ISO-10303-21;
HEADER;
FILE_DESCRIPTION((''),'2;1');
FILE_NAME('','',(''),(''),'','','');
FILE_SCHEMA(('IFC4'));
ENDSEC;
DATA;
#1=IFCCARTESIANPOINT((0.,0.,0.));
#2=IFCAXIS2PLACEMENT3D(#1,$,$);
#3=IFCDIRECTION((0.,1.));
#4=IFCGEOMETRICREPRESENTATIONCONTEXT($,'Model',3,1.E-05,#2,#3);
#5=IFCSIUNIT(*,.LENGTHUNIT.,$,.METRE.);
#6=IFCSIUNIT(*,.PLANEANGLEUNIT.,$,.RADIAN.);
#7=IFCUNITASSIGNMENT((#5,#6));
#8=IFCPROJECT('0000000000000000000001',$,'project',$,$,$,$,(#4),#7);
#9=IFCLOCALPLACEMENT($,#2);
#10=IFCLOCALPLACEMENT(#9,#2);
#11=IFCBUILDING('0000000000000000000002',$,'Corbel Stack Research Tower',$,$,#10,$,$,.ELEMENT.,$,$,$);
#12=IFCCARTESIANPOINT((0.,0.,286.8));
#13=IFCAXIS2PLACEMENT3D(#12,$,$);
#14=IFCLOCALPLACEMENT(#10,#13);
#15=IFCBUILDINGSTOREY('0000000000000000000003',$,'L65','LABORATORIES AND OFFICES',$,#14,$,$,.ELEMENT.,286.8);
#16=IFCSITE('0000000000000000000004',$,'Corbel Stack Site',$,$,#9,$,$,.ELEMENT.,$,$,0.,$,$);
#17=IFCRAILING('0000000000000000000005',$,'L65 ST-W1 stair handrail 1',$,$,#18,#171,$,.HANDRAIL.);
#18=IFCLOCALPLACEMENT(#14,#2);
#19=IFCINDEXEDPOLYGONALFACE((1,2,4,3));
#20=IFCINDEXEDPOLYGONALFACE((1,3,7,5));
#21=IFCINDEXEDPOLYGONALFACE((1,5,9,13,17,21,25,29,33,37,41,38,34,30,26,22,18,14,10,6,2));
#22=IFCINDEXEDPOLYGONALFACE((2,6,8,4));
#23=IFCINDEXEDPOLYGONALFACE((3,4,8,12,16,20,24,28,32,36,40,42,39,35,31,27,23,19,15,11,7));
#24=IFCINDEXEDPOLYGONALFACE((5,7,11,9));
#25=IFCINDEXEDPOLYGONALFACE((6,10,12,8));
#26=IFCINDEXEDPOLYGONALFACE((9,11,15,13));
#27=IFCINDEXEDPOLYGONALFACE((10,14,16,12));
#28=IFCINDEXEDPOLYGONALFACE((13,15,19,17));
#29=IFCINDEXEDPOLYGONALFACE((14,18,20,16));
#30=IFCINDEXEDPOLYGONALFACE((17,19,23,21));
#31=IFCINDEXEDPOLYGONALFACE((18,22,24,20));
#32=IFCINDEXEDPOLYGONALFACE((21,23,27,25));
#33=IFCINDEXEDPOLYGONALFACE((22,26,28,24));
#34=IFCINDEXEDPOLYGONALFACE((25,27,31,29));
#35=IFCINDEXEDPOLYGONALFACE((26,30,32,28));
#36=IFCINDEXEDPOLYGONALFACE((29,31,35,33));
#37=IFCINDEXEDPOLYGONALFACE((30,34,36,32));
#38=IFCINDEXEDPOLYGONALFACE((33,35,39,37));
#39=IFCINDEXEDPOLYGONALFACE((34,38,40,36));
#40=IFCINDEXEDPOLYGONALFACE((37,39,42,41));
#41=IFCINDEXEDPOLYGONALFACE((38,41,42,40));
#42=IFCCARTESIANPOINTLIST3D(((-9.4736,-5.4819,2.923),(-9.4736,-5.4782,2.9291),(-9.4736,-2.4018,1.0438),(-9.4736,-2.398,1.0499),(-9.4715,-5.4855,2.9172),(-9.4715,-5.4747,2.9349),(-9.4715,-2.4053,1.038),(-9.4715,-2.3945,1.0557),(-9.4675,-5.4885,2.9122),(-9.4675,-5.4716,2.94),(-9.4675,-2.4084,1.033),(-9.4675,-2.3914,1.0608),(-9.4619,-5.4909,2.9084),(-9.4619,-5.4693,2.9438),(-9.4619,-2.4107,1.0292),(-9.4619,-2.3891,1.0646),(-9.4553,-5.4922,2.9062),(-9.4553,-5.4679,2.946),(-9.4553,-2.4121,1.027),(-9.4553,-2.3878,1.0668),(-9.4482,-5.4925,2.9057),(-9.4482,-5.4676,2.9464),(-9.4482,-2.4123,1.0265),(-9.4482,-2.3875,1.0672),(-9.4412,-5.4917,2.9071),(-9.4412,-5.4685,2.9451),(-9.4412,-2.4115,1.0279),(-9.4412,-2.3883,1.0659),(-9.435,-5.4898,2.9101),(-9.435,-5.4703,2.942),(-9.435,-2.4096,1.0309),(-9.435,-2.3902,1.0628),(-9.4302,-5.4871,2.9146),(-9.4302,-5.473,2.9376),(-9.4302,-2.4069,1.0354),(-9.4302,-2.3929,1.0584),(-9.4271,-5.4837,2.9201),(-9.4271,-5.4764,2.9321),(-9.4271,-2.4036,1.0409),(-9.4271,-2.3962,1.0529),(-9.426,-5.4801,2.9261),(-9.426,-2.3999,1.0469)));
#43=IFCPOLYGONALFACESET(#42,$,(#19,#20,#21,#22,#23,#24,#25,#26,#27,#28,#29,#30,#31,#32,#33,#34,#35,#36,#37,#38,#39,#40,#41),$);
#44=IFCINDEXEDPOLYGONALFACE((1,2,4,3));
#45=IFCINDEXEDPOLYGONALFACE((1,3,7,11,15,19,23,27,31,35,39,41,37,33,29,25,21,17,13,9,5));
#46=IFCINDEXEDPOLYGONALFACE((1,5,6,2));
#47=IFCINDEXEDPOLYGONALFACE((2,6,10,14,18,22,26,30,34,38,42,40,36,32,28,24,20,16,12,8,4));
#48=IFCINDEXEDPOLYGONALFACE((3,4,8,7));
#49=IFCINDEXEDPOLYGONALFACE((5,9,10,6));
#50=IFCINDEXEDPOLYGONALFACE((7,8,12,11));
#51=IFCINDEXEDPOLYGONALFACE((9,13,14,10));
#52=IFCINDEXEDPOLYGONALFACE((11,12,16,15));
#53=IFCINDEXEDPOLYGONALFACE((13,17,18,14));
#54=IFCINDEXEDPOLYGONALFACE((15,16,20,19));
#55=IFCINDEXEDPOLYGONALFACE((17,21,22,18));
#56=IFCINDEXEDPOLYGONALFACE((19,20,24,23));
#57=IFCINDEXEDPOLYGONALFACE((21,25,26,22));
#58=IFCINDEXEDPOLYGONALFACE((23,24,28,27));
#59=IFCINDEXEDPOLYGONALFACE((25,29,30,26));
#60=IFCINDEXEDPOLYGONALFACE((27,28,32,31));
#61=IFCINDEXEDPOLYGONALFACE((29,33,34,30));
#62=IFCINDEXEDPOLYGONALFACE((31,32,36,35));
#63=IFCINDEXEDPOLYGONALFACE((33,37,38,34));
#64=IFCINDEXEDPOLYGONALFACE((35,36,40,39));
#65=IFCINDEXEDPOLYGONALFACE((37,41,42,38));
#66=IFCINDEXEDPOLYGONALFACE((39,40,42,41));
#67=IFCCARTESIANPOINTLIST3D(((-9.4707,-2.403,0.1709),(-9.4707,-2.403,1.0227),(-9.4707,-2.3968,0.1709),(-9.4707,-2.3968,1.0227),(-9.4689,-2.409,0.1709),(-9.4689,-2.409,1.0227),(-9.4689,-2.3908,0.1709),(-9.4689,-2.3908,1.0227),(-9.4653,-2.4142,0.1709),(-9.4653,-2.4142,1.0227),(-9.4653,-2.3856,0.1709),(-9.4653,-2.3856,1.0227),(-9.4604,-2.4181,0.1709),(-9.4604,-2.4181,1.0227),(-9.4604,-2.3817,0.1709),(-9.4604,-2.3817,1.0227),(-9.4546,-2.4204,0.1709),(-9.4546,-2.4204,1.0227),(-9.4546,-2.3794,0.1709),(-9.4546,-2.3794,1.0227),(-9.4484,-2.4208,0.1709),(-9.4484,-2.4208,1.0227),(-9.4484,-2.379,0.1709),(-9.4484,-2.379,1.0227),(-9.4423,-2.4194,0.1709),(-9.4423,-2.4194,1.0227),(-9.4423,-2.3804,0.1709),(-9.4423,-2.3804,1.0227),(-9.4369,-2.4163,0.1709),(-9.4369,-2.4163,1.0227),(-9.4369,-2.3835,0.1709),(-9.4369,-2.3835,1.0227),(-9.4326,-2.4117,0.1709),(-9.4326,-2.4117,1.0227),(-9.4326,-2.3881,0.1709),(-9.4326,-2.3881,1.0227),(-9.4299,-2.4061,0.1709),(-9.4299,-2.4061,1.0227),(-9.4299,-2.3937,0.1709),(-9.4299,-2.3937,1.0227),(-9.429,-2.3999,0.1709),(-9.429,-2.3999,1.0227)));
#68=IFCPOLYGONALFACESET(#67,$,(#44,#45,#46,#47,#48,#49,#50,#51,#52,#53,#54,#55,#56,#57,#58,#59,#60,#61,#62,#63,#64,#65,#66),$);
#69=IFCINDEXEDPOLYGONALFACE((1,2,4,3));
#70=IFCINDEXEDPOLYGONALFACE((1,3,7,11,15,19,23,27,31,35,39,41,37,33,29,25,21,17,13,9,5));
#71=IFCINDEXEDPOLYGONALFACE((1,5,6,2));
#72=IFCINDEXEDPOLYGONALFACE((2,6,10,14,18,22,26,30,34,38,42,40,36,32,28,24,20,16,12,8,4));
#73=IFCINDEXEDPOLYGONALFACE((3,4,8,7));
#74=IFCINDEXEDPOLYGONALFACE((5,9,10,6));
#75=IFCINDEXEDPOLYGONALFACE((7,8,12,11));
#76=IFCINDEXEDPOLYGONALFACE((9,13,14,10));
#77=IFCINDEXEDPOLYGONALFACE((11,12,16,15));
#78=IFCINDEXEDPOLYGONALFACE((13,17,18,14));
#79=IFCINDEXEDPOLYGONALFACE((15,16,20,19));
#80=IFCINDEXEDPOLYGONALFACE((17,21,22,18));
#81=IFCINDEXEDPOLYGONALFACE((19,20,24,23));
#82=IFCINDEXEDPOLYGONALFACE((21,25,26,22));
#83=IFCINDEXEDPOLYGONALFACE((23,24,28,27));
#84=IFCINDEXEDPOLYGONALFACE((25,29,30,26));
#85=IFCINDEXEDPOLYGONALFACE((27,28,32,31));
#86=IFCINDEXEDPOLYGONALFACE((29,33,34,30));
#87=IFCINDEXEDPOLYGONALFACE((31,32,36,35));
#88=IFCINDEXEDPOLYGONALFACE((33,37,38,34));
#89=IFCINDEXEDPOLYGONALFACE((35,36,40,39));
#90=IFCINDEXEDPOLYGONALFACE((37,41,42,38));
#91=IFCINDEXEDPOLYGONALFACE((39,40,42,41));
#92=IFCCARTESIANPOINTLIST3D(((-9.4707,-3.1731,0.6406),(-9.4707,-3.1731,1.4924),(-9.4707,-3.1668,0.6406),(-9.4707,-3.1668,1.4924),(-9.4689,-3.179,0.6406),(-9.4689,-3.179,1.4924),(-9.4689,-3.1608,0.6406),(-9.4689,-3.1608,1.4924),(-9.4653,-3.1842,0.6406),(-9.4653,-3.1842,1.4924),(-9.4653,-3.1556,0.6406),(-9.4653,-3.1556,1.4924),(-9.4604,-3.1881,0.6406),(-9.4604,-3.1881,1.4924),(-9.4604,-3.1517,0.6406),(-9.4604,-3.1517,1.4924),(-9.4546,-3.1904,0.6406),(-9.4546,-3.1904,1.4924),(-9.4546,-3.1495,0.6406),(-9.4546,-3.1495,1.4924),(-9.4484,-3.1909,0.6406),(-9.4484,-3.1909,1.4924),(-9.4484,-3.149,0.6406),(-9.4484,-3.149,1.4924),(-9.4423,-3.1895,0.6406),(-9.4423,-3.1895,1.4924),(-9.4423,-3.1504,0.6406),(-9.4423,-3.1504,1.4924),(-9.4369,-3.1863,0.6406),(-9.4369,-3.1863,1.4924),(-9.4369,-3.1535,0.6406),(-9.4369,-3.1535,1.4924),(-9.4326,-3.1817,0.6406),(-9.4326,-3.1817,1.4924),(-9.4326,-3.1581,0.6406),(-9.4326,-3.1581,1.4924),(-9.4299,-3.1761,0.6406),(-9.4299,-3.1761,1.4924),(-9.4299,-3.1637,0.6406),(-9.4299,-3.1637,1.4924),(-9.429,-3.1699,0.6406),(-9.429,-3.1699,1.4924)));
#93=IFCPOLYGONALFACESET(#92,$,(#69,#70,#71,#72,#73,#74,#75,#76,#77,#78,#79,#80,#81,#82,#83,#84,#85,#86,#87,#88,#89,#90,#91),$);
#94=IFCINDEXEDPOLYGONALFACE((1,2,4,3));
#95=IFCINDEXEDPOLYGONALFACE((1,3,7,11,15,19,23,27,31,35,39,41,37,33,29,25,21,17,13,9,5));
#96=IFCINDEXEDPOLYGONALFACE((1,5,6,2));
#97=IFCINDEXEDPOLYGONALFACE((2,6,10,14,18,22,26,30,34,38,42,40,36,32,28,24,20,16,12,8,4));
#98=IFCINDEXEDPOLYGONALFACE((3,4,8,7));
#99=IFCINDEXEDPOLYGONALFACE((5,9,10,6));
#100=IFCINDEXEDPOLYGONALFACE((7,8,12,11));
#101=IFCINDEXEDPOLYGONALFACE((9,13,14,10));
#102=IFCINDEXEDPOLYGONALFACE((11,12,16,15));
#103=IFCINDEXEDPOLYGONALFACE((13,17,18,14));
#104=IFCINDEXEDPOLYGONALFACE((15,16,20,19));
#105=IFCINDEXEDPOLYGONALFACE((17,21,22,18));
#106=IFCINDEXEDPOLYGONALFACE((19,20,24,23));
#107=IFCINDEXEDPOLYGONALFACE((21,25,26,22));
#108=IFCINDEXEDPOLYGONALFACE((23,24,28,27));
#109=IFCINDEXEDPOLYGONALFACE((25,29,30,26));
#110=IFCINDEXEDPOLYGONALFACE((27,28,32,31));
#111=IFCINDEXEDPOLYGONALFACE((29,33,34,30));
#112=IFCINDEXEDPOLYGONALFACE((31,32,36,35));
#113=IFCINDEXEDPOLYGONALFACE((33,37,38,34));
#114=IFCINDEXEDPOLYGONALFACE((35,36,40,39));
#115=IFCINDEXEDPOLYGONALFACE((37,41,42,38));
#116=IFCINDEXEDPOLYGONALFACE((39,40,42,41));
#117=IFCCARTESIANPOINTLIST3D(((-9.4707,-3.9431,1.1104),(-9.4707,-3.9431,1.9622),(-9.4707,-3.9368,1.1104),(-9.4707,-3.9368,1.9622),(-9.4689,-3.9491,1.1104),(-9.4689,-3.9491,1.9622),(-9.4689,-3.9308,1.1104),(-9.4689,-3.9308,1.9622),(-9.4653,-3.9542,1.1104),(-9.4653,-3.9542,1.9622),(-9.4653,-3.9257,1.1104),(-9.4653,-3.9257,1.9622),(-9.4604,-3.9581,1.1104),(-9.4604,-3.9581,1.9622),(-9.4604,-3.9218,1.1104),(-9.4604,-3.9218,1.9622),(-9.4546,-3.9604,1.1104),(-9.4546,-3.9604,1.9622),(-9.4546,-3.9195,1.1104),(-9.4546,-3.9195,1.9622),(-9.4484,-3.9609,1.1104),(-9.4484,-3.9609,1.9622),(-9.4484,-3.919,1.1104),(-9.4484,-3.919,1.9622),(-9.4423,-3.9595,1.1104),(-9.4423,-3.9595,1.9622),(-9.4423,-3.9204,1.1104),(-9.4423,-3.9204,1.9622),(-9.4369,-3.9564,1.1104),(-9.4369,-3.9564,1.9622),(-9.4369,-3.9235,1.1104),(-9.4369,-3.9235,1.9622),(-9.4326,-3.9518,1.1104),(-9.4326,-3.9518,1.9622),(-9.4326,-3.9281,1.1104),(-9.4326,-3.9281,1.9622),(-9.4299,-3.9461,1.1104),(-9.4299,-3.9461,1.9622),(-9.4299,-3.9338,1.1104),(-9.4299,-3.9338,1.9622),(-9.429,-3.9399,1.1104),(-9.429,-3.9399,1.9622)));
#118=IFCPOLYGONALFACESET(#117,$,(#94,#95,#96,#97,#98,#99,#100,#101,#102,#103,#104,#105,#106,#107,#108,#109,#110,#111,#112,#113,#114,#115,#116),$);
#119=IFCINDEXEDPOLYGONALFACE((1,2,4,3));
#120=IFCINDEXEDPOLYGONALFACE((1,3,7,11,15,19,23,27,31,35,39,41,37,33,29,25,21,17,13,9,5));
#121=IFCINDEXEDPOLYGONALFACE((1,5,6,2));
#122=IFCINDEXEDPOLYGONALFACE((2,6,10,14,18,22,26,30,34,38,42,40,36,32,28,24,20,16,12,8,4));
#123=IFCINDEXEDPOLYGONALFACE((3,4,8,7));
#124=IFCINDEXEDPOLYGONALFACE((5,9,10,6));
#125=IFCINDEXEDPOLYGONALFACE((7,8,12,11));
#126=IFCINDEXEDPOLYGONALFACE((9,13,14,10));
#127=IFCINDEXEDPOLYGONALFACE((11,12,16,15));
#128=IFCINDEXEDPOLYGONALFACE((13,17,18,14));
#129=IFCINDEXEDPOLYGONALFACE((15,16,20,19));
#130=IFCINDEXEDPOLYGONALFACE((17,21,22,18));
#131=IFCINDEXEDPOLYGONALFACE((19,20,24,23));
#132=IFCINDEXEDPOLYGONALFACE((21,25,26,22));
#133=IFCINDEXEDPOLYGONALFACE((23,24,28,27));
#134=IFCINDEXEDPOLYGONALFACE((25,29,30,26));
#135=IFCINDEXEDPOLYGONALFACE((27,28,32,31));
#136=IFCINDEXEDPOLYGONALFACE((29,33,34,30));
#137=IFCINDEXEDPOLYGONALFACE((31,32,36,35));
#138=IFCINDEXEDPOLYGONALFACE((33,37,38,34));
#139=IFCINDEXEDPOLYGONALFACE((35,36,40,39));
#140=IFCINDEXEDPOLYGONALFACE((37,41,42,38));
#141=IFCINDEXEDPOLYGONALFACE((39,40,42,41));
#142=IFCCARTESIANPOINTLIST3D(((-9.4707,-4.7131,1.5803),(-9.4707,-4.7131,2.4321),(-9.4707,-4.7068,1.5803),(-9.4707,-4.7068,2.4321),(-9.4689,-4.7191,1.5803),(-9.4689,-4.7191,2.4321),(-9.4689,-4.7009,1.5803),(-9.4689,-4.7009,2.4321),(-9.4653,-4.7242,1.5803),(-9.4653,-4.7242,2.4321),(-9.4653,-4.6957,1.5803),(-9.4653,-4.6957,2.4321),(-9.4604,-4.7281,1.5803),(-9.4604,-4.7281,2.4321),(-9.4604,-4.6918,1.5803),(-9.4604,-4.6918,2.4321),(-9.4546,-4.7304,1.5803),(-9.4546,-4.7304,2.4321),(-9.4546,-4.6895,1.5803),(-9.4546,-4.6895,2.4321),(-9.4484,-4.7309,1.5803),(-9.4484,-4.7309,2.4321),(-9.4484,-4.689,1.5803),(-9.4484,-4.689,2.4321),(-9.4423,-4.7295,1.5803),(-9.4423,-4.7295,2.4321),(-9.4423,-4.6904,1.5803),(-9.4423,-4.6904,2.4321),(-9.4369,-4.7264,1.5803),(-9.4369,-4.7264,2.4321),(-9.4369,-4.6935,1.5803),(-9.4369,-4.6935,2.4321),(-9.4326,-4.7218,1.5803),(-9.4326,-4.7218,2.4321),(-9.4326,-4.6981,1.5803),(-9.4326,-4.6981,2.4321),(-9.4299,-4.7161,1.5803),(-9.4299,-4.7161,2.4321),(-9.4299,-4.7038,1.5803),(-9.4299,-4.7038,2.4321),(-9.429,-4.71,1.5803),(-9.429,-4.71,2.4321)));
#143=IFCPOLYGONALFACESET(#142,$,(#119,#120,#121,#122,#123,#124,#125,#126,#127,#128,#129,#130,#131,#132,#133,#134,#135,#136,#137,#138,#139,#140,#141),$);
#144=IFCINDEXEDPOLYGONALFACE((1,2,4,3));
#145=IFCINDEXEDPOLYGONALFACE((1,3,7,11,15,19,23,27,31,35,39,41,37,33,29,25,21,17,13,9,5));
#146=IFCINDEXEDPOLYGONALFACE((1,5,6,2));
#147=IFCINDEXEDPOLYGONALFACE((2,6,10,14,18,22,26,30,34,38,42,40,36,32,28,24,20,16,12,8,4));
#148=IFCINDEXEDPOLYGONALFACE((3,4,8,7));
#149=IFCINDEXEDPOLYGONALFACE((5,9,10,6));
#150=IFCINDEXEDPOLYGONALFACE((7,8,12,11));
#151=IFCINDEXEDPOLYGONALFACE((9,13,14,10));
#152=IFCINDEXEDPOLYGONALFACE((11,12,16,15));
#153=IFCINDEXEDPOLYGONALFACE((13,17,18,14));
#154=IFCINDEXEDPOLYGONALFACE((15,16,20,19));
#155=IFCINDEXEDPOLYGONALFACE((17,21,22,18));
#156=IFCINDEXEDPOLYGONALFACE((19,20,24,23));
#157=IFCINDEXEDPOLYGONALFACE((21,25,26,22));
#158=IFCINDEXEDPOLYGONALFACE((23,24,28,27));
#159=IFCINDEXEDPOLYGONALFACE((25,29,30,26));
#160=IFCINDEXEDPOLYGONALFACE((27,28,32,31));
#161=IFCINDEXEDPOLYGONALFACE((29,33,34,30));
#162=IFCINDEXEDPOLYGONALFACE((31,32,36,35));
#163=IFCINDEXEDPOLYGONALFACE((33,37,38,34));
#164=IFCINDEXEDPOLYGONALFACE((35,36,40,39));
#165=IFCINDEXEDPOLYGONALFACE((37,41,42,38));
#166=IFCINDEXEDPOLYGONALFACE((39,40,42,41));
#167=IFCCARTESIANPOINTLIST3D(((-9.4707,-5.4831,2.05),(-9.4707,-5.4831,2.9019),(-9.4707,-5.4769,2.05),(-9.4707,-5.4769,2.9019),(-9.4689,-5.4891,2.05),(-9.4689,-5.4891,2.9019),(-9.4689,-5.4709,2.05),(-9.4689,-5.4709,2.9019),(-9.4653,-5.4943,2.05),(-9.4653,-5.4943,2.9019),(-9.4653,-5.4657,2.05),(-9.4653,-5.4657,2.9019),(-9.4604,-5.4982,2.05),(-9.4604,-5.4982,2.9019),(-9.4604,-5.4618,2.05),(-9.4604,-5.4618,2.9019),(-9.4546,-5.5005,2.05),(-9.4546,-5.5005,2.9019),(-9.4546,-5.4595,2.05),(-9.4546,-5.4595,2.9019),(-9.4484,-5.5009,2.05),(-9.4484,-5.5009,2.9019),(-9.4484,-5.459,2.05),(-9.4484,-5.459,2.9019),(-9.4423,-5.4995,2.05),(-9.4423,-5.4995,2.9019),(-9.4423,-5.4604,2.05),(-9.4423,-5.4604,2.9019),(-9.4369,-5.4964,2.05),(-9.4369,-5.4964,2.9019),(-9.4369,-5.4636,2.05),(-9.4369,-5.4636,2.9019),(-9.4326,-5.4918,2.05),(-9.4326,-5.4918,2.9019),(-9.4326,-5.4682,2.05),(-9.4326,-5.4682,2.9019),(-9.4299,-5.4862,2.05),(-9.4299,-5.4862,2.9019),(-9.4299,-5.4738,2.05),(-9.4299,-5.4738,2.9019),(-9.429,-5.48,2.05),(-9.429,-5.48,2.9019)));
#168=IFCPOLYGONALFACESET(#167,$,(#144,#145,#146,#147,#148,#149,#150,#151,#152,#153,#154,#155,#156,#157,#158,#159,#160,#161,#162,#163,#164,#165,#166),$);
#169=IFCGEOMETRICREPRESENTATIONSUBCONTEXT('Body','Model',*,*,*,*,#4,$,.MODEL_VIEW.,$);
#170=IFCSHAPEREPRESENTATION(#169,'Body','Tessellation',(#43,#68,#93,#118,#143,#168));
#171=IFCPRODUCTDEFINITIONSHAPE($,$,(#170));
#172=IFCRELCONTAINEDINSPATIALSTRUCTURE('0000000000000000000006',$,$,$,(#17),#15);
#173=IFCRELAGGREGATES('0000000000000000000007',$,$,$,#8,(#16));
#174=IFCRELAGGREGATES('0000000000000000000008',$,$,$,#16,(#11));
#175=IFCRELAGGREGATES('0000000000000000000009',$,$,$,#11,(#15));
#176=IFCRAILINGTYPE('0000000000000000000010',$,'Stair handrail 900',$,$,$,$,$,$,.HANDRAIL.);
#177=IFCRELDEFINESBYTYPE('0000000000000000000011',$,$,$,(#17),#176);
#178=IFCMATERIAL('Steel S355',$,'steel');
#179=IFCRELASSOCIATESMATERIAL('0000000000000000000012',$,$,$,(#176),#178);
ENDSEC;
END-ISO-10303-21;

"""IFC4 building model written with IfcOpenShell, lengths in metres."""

from ifc_helpers import new_model, si_unit, direction, frame, origin, origin_2d, place, context, subcontext, project, spatial, circle, extrude, material, type_object, element, save


model = new_model("IFC4")

# Units and contexts
model_context = context("Model", 3, precision=1e-05, world=origin(), true_north=direction((0.0, 1.0)))
body_context = subcontext(model_context, "Body", "Model", "MODEL_VIEW")
ifc_project = project(units=[si_unit("LENGTHUNIT", "METRE"), si_unit("PLANEANGLEUNIT", "RADIAN")], contexts=[model_context])

# Site, building, storey
site_placement = place(None, origin())
site = spatial("IfcSite", under=ifc_project, at=site_placement, Name="Corbel Stack Site", CompositionType="ELEMENT", RefElevation=0.0)
building_placement = place(site_placement, origin())
building = spatial("IfcBuilding", under=site, at=building_placement, Name="Corbel Stack Research Tower", CompositionType="ELEMENT")
storey_placement = place(building_placement, frame((0.0, 0.0, 286.8)))
storey = spatial("IfcBuildingStorey", under=building, at=storey_placement, Name="L65", Description="LABORATORIES AND OFFICES", CompositionType="ELEMENT", Elevation=286.8)

# Railing
ifc_material_1 = material(Name="Steel S355", Category="steel")
railing_type_1 = type_object("IfcRailingType", Name="Stair handrail 900", PredefinedType="HANDRAIL", material=ifc_material_1)
railing_placement = place(storey_placement, frame((-9.45, -2.3999, 0.1709)))
element("IfcRailing", 1, at=railing_placement, inside=storey, type_object=railing_type_1, Name="L65 ST-W1 stair handrail 1", PredefinedType="HANDRAIL", context=body_context, shape_type="SweptSolid", body=[
    extrude(circle(Radius=0.0239, at=origin_2d()), frame((0.0, 0.0, 0.876), z_axis=(0.0, -0.853666, 0.52082), x_axis=(1.0, 0.0, 0.0)), (0.0, 0.0, 1.0), 3.6082),
    extrude(circle(Radius=0.021, at=origin_2d()), origin(), (0.0, 0.0, 1.0), 0.8518),
    extrude(circle(Radius=0.021, at=origin_2d()), frame((0.0, -0.77, 0.4697)), (0.0, 0.0, 1.0), 0.8518),
    extrude(circle(Radius=0.021, at=origin_2d()), frame((0.0, -1.54, 0.9395)), (0.0, 0.0, 1.0), 0.8518),
    extrude(circle(Radius=0.021, at=origin_2d()), frame((0.0, -2.3101, 1.4094)), (0.0, 0.0, 1.0), 0.8518),
    extrude(circle(Radius=0.021, at=origin_2d()), frame((0.0, -3.0801, 1.8792)), (0.0, 0.0, 1.0), 0.8518),
])

save(model, "model.ifc")
